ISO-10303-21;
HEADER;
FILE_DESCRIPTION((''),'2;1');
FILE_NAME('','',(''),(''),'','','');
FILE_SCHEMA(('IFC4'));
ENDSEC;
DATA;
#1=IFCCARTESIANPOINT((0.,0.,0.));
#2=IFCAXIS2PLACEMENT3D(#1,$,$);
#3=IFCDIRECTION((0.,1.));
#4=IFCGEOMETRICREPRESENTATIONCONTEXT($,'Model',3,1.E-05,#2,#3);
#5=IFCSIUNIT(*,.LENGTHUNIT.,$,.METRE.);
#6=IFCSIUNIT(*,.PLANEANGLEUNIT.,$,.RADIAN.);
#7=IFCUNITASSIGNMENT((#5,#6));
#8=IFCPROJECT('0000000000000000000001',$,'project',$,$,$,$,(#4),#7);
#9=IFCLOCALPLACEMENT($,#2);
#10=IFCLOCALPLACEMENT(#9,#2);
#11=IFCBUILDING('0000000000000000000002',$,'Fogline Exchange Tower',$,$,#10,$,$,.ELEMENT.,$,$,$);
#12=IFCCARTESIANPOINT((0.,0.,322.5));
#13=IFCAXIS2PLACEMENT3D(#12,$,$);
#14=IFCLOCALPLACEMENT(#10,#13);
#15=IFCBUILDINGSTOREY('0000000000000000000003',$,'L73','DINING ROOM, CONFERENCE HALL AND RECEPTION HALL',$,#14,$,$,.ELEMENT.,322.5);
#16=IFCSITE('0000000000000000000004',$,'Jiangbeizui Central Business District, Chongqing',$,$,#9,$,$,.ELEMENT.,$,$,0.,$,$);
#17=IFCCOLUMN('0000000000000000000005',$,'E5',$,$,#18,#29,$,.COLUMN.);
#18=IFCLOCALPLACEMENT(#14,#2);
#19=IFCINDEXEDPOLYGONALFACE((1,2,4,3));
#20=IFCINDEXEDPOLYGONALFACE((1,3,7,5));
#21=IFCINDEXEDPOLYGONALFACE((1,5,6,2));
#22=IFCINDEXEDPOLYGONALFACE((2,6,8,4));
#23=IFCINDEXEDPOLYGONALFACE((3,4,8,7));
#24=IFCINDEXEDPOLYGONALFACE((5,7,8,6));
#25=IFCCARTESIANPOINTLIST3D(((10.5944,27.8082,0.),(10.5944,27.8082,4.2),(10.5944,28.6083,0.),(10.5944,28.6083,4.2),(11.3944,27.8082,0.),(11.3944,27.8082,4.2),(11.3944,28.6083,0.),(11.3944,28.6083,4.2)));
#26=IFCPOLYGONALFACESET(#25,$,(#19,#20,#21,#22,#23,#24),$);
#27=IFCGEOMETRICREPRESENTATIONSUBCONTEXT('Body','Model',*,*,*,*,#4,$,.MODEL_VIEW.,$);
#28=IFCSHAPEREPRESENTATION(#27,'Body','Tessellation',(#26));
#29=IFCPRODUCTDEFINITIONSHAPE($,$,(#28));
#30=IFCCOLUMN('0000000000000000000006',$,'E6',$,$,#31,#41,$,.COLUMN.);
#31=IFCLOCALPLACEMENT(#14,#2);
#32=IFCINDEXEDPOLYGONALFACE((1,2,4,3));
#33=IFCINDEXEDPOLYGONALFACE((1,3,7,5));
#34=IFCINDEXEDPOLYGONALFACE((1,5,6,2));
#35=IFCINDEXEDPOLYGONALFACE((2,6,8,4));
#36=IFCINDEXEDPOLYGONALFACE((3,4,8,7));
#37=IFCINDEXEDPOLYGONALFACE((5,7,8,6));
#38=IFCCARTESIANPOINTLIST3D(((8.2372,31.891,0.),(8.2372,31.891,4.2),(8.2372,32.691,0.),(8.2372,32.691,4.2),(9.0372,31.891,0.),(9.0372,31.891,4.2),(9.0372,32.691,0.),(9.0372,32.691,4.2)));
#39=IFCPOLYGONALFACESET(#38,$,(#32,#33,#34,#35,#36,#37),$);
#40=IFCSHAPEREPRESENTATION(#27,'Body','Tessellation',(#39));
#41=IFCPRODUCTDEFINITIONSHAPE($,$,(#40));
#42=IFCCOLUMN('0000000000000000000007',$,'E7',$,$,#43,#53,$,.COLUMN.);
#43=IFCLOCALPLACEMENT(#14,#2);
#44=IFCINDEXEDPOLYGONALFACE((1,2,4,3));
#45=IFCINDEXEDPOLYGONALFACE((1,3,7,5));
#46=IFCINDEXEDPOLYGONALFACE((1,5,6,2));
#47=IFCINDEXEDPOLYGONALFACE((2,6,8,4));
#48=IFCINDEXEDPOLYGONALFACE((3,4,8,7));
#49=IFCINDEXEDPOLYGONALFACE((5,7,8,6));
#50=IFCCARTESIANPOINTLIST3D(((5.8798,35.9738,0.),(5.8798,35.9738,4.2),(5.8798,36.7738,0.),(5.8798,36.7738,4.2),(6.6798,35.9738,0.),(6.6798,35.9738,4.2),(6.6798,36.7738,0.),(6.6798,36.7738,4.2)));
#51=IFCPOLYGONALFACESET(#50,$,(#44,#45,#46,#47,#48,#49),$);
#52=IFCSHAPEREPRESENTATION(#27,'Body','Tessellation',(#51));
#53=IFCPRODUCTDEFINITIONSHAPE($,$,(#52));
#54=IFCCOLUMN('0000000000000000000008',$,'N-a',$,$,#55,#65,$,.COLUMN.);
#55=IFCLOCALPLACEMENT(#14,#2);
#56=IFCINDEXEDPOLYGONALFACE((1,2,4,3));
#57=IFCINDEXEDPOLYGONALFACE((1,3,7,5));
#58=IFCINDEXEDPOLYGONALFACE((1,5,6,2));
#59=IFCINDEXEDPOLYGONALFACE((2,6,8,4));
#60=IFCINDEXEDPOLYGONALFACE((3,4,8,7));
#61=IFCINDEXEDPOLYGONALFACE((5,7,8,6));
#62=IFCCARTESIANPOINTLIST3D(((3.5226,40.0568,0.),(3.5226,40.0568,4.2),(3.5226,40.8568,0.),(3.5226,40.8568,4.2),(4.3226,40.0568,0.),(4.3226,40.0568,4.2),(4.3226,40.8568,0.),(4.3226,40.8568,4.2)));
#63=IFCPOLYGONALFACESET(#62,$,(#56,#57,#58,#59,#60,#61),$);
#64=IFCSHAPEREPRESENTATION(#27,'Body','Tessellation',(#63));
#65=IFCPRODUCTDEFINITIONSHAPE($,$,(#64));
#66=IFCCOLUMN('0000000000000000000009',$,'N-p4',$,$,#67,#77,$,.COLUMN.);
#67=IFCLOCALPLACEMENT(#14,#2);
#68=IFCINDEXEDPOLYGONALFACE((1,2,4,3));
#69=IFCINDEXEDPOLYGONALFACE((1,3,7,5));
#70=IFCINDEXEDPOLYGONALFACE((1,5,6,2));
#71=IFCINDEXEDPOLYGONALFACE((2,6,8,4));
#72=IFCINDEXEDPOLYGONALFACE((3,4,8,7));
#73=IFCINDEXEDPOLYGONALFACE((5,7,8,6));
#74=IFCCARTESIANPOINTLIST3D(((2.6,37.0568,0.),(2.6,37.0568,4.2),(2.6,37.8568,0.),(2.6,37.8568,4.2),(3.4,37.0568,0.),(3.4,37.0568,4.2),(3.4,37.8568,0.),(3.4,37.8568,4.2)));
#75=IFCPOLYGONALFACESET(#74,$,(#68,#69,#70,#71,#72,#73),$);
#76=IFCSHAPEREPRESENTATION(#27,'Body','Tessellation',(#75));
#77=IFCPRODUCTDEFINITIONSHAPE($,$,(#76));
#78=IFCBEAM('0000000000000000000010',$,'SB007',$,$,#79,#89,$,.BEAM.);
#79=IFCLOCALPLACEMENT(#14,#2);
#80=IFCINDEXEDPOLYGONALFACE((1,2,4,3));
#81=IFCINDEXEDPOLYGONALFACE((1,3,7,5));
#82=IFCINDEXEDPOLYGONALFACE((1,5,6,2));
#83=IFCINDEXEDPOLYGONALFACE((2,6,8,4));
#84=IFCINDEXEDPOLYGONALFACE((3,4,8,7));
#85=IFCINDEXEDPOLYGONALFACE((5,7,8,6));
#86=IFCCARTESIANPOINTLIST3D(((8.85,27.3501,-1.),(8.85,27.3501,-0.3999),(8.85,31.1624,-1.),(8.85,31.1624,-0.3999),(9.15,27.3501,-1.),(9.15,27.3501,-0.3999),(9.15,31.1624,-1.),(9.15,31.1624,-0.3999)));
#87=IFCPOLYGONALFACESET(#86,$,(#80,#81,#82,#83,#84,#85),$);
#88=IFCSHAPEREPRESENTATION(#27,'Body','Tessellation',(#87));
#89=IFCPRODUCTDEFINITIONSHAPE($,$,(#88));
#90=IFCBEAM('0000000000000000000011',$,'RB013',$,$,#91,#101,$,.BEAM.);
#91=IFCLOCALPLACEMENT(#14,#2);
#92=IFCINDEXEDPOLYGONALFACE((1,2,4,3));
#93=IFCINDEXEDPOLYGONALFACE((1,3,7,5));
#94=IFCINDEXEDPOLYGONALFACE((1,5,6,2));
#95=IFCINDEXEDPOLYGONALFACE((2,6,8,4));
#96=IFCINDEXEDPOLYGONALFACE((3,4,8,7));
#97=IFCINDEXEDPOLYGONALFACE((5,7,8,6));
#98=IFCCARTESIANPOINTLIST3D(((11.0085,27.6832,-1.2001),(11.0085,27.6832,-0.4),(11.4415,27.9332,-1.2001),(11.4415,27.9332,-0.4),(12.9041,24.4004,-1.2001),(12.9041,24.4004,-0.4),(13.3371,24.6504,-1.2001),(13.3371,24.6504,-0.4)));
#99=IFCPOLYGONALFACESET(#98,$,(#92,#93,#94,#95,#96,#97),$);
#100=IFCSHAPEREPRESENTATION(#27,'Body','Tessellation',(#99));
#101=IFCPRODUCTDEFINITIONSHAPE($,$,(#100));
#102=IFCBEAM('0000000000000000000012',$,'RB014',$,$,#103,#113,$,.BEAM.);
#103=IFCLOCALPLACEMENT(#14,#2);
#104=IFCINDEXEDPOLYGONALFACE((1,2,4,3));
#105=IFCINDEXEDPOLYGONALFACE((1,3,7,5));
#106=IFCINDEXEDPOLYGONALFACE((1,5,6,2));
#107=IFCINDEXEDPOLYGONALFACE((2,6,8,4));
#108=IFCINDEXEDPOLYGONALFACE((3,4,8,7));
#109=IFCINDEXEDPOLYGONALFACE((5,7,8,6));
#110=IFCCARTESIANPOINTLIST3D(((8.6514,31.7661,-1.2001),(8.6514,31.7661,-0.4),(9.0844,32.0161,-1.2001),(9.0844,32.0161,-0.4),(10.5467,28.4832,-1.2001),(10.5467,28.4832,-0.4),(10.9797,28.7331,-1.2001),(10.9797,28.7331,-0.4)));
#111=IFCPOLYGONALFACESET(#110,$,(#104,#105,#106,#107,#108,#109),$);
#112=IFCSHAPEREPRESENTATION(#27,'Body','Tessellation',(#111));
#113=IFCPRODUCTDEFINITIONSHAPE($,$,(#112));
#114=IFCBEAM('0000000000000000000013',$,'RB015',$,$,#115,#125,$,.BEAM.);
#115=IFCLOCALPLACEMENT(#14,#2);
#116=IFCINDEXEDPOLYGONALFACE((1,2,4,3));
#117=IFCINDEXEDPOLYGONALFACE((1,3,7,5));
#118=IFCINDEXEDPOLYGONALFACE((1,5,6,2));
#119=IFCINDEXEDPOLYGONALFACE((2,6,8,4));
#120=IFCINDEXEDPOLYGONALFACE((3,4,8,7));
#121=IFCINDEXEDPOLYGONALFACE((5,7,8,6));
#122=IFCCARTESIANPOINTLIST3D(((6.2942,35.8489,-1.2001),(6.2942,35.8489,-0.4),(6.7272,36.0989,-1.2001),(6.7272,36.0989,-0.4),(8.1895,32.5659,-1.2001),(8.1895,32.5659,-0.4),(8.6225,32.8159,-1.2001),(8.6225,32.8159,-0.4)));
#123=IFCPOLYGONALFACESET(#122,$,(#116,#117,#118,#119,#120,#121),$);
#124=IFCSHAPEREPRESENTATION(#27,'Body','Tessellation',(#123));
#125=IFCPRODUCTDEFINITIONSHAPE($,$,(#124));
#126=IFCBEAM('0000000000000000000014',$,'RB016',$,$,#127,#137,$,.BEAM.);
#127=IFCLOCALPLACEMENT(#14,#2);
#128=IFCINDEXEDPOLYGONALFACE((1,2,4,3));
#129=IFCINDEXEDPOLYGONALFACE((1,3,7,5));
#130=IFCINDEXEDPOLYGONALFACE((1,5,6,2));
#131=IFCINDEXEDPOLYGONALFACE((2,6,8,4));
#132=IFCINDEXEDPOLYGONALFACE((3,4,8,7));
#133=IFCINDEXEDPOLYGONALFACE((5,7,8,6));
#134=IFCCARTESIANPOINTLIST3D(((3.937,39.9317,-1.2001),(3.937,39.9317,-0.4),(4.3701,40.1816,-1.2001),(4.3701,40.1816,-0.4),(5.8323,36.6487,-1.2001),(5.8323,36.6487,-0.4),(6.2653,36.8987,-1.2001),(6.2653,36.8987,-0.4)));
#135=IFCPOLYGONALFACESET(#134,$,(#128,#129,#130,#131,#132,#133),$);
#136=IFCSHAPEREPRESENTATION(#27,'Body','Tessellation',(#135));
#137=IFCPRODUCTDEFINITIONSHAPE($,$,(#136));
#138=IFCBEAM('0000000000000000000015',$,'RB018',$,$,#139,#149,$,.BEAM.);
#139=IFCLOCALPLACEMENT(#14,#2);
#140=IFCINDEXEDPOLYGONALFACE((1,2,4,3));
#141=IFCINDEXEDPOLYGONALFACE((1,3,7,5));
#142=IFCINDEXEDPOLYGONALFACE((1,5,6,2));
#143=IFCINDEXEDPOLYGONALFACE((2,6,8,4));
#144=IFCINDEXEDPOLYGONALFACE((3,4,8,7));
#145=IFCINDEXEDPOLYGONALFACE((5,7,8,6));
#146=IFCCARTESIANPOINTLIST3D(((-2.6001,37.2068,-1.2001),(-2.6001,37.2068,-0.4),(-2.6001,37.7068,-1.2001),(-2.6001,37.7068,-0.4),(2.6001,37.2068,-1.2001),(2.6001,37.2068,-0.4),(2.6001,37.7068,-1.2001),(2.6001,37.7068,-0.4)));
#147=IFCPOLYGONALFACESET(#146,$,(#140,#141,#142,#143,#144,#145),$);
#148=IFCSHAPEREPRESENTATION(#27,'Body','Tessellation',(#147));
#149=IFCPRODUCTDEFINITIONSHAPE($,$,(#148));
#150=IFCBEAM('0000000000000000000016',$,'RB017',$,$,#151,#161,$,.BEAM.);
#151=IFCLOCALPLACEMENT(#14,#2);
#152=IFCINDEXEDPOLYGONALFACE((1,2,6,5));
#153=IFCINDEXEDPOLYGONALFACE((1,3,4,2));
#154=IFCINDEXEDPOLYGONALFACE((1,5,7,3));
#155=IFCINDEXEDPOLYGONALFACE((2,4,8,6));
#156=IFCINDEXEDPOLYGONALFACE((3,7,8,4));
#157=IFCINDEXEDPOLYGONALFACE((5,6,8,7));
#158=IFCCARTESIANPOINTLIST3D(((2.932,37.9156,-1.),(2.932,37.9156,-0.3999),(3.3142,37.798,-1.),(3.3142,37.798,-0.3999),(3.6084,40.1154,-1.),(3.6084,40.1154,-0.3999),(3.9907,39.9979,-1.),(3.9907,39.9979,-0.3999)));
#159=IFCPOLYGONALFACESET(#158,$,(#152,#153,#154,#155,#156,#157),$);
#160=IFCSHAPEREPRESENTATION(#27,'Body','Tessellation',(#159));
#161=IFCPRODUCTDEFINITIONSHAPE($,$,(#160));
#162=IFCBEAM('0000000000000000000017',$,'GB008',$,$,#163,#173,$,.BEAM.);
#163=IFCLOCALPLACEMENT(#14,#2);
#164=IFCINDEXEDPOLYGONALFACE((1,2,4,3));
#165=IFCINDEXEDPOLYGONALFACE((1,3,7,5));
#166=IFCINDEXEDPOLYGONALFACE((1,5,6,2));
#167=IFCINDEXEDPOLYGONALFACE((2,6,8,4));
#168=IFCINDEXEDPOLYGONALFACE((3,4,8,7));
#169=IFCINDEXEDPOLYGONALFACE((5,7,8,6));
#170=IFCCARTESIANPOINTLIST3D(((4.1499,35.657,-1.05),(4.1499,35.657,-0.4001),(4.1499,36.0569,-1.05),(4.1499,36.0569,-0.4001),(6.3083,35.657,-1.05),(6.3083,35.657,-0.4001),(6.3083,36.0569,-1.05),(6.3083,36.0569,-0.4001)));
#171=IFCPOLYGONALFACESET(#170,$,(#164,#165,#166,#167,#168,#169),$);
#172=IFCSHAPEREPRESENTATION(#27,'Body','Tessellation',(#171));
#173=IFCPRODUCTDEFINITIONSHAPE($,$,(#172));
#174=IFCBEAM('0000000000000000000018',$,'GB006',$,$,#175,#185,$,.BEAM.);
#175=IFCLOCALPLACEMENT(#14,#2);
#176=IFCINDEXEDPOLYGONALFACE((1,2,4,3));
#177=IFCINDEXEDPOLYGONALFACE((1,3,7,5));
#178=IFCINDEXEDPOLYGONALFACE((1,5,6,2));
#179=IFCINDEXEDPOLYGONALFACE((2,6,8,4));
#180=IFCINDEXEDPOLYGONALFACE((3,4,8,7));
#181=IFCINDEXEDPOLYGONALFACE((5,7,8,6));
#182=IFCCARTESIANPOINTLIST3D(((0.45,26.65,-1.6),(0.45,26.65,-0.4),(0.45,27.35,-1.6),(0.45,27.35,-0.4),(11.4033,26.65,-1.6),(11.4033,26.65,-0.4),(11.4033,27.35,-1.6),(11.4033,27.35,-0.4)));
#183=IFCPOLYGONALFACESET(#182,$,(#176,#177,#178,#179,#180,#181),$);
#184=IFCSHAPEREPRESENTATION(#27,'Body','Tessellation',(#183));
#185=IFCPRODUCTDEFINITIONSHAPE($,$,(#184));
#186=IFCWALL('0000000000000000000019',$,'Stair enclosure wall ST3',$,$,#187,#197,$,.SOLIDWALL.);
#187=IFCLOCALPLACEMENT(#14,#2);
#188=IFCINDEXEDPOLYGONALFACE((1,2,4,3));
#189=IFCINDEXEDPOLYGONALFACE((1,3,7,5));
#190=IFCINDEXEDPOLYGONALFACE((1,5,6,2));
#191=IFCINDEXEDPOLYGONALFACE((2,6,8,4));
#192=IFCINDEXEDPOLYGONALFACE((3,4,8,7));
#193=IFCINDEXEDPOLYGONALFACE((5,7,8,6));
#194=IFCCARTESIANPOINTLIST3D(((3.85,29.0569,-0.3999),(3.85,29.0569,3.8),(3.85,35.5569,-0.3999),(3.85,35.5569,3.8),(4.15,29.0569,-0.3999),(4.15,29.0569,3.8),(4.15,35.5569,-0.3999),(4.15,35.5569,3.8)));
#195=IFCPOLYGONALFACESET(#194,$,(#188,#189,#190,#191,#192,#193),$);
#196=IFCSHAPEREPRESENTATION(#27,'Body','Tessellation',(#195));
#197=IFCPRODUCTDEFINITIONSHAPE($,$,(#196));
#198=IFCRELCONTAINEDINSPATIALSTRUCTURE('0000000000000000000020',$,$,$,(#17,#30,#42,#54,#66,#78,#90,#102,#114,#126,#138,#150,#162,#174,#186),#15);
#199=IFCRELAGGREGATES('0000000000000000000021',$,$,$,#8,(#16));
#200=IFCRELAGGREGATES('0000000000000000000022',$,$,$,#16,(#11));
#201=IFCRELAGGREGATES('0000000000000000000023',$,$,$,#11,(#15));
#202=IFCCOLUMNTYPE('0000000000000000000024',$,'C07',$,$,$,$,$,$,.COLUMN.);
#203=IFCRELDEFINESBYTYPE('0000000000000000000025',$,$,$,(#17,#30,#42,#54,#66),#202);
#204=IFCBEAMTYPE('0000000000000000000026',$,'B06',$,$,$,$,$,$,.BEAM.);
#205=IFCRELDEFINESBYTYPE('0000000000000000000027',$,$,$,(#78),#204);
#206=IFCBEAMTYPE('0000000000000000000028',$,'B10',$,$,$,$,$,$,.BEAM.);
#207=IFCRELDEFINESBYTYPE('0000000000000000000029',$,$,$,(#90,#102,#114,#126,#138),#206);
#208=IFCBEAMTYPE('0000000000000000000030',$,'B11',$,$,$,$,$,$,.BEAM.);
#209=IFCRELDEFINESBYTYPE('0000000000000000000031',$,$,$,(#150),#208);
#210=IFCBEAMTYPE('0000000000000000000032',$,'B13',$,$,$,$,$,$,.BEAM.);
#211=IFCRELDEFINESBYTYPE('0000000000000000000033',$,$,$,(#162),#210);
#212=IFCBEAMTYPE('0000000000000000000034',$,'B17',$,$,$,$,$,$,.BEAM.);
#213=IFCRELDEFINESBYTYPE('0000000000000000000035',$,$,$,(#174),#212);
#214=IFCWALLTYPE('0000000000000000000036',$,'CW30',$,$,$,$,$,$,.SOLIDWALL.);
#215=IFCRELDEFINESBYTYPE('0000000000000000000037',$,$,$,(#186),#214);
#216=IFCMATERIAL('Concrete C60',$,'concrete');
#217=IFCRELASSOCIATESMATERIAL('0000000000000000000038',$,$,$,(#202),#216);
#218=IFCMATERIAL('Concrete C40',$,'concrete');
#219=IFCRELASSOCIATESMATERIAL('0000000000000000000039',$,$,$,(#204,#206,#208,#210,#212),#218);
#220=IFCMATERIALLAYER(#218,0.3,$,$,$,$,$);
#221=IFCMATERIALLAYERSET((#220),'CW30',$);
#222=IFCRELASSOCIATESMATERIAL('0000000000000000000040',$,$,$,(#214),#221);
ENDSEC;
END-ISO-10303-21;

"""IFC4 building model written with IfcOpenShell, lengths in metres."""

from ifc_helpers import new_model, si_unit, direction, frame, frame_2d, origin, origin_2d, place, context, subcontext, project, spatial, rectangle, extrude, material, layer, layer_set, material_profile, profile_set, type_object, element, save


model = new_model("IFC4")

# Units and contexts
model_context = context("Model", 3, precision=1e-05, world=origin(), true_north=direction((0.0, 1.0)))
body_context = subcontext(model_context, "Body", "Model", "MODEL_VIEW")
ifc_project = project(units=[si_unit("LENGTHUNIT", "METRE"), si_unit("PLANEANGLEUNIT", "RADIAN")], contexts=[model_context])

# Site, building, storey
site_placement = place(None, origin())
site = spatial("IfcSite", under=ifc_project, at=site_placement, Name="Jiangbeizui Central Business District, Chongqing", CompositionType="ELEMENT", RefElevation=0.0)
building_placement = place(site_placement, origin())
building = spatial("IfcBuilding", under=site, at=building_placement, Name="Fogline Exchange Tower", CompositionType="ELEMENT")
storey_placement = place(building_placement, frame((0.0, 0.0, 322.5)))
storey = spatial("IfcBuildingStorey", under=building, at=storey_placement, Name="L73", Description="DINING ROOM, CONFERENCE HALL AND RECEPTION HALL", CompositionType="ELEMENT", Elevation=322.5)

# Columns
ifc_material_1 = material(Name="Concrete C60", Category="concrete")
ifc_material_profile_1 = material_profile(ifc_material_1, rectangle(XDim=0.8, YDim=0.8, at=origin_2d()), Name="RC 800x800")
ifc_profile_set_1 = profile_set([ifc_material_profile_1], Name="Concrete C60")
column_type = type_object("IfcColumnType", Name="C07", PredefinedType="COLUMN", material=ifc_profile_set_1)
for number, where, z_axis, x_axis, name in (
    (1, (10.9944, 28.2083, 0.0), (0.0, 0.0, 1.0), (1.0, 0.0, 0.0), "E5"),
    (2, (8.6372, 32.291, 0.0), (0.0, 0.0, 1.0), (1.0, 0.0, 0.0), "E6"),
    (3, (6.2798, 36.3738, 0.0), (0.0, 0.0, 1.0), (1.0, 0.0, 0.0), "E7"),
    (4, (3.9226, 40.4568, 0.0), (0.0, 0.0, 1.0), (1.0, 0.0, 0.0), "N-a"),
    (5, (3.0, 37.4568, 0.0), (0.0, 0.0, 1.0), (1.0, 0.0, 0.0), "N-p4"),
):
    element("IfcColumn", number, at=place(storey_placement, frame(where, z_axis=z_axis, x_axis=x_axis)), inside=storey, type_object=column_type, Name=name, PredefinedType="COLUMN", context=body_context, shape_type="SweptSolid", body=[
        extrude(rectangle(XDim=0.8, YDim=0.8, at=origin_2d()), origin(), (0.0, 0.0, 1.0), 4.2),
    ])

# Beams
ifc_material_2 = material(Name="Concrete C40", Category="concrete")
ifc_material_profile_2 = material_profile(ifc_material_2, rectangle(XDim=0.3, YDim=0.6001, at=origin_2d()), Name="RC 300x600")
ifc_profile_set_2 = profile_set([ifc_material_profile_2], Name="Concrete C40")
beam_type_1 = type_object("IfcBeamType", Name="B06", PredefinedType="BEAM", material=ifc_profile_set_2)
beam_1_placement = place(storey_placement, frame((9.0, 27.3501, -0.7), z_axis=(0.0, 1.0, 0.0), x_axis=(-1.0, 0.0, 0.0)))
element("IfcBeam", 6, at=beam_1_placement, inside=storey, type_object=beam_type_1, Name="SB007", PredefinedType="BEAM", context=body_context, shape_type="SweptSolid", body=[
    extrude(rectangle(XDim=0.3, YDim=0.6001, at=origin_2d()), origin(), (0.0, 0.0, 1.0), 3.8123),
])
ifc_material_profile_3 = material_profile(ifc_material_2, rectangle(XDim=0.5, YDim=0.8, at=origin_2d()), Name="RC 500x800")
ifc_profile_set_3 = profile_set([ifc_material_profile_3], Name="Concrete C40")
beam_type_2 = type_object("IfcBeamType", Name="B10", PredefinedType="BEAM", material=ifc_profile_set_3)
for number, where, z_axis, x_axis, name in (
    (7, (13.1206, 24.5254, -0.8), (-0.500046, 0.865999, 0.0), (-0.865999, -0.500046, 0.0), "RB013"),
    (8, (10.7632, 28.6082, -0.8), (-0.49997, 0.866043, 0.0), (-0.866043, -0.49997, 0.0), "RB014"),
    (9, (8.406, 32.6909, -0.8), (-0.49997, 0.866043, 0.0), (-0.866043, -0.49997, 0.0), "RB015"),
    (10, (6.0488, 36.7737, -0.8), (-0.49997, 0.866043, 0.0), (-0.866043, -0.49997, 0.0), "RB016"),
):
    element("IfcBeam", number, at=place(storey_placement, frame(where, z_axis=z_axis, x_axis=x_axis)), inside=storey, type_object=beam_type_2, Name=name, PredefinedType="BEAM", context=body_context, shape_type="SweptSolid", body=[
        extrude(rectangle(XDim=0.5, YDim=0.8, at=origin_2d()), origin(), (0.0, 0.0, 1.0), 3.7908),
    ])
beam_2_placement = place(storey_placement, frame((2.6001, 37.4568, -0.8), z_axis=(-1.0, 0.0, 0.0), x_axis=(0.0, -1.0, 0.0)))
element("IfcBeam", 11, at=beam_2_placement, inside=storey, type_object=beam_type_2, Name="RB018", PredefinedType="BEAM", context=body_context, shape_type="SweptSolid", body=[
    extrude(rectangle(XDim=0.5, YDim=0.8, at=origin_2d()), origin(), (0.0, 0.0, 1.0), 5.2002),
])
ifc_material_profile_4 = material_profile(ifc_material_2, rectangle(XDim=0.3999, YDim=0.6001, at=origin_2d()), Name="RC 400x600")
ifc_profile_set_4 = profile_set([ifc_material_profile_4], Name="Concrete C40")
beam_type_3 = type_object("IfcBeamType", Name="B11", PredefinedType="BEAM", material=ifc_profile_set_4)
beam_3_placement = place(storey_placement, frame((3.7996, 40.0566, -0.7), z_axis=(-0.293929, -0.955827, 0.0), x_axis=(0.955827, -0.293929, 0.0)))
element("IfcBeam", 12, at=beam_3_placement, inside=storey, type_object=beam_type_3, Name="RB017", PredefinedType="BEAM", context=body_context, shape_type="SweptSolid", body=[
    extrude(rectangle(XDim=0.3999, YDim=0.6001, at=origin_2d()), origin(), (0.0, 0.0, 1.0), 2.3015),
])
ifc_material_profile_5 = material_profile(ifc_material_2, rectangle(XDim=0.3999, YDim=0.6499, at=origin_2d()), Name="RC 400x650")
ifc_profile_set_5 = profile_set([ifc_material_profile_5], Name="Concrete C40")
beam_type_4 = type_object("IfcBeamType", Name="B13", PredefinedType="BEAM", material=ifc_profile_set_5)
beam_4_placement = place(storey_placement, frame((4.1499, 35.8569, -0.7251), z_axis=(1.0, 0.0, 0.0), x_axis=(0.0, 1.0, 0.0)))
element("IfcBeam", 13, at=beam_4_placement, inside=storey, type_object=beam_type_4, Name="GB008", PredefinedType="BEAM", context=body_context, shape_type="SweptSolid", body=[
    extrude(rectangle(XDim=0.3999, YDim=0.6499, at=origin_2d()), origin(), (0.0, 0.0, 1.0), 2.1584),
])
ifc_material_profile_6 = material_profile(ifc_material_2, rectangle(XDim=0.7, YDim=1.2, at=origin_2d()), Name="RC 700x1200")
ifc_profile_set_6 = profile_set([ifc_material_profile_6], Name="Concrete C40")
beam_type_5 = type_object("IfcBeamType", Name="B17", PredefinedType="BEAM", material=ifc_profile_set_6)
beam_5_placement = place(storey_placement, frame((0.45, 27.0, -1.0), z_axis=(1.0, 0.0, 0.0), x_axis=(0.0, 1.0, 0.0)))
element("IfcBeam", 14, at=beam_5_placement, inside=storey, type_object=beam_type_5, Name="GB006", PredefinedType="BEAM", context=body_context, shape_type="SweptSolid", body=[
    extrude(rectangle(XDim=0.7, YDim=1.2, at=origin_2d()), origin(), (0.0, 0.0, 1.0), 10.9534),
])

# Wall
ifc_layer_1 = layer(ifc_material_2, 0.3)
ifc_layer_set_1 = layer_set([ifc_layer_1], Name="CW30")
wall_type_1 = type_object("IfcWallType", Name="CW30", PredefinedType="SOLIDWALL", material=ifc_layer_set_1)
wall_1_placement = place(storey_placement, frame((4.0, 29.0569, -0.3999), z_axis=(0.0, 0.0, 1.0), x_axis=(0.0, 1.0, 0.0)))
element("IfcWall", 15, at=wall_1_placement, inside=storey, type_object=wall_type_1, Name="Stair enclosure wall ST3", PredefinedType="SOLIDWALL", context=body_context, shape_type="SweptSolid", body=[
    extrude(rectangle(XDim=6.5, YDim=0.3, at=frame_2d((3.25, 0.0))), origin(), (0.0, 0.0, 1.0), 4.2),
])

save(model, "model.ifc")
